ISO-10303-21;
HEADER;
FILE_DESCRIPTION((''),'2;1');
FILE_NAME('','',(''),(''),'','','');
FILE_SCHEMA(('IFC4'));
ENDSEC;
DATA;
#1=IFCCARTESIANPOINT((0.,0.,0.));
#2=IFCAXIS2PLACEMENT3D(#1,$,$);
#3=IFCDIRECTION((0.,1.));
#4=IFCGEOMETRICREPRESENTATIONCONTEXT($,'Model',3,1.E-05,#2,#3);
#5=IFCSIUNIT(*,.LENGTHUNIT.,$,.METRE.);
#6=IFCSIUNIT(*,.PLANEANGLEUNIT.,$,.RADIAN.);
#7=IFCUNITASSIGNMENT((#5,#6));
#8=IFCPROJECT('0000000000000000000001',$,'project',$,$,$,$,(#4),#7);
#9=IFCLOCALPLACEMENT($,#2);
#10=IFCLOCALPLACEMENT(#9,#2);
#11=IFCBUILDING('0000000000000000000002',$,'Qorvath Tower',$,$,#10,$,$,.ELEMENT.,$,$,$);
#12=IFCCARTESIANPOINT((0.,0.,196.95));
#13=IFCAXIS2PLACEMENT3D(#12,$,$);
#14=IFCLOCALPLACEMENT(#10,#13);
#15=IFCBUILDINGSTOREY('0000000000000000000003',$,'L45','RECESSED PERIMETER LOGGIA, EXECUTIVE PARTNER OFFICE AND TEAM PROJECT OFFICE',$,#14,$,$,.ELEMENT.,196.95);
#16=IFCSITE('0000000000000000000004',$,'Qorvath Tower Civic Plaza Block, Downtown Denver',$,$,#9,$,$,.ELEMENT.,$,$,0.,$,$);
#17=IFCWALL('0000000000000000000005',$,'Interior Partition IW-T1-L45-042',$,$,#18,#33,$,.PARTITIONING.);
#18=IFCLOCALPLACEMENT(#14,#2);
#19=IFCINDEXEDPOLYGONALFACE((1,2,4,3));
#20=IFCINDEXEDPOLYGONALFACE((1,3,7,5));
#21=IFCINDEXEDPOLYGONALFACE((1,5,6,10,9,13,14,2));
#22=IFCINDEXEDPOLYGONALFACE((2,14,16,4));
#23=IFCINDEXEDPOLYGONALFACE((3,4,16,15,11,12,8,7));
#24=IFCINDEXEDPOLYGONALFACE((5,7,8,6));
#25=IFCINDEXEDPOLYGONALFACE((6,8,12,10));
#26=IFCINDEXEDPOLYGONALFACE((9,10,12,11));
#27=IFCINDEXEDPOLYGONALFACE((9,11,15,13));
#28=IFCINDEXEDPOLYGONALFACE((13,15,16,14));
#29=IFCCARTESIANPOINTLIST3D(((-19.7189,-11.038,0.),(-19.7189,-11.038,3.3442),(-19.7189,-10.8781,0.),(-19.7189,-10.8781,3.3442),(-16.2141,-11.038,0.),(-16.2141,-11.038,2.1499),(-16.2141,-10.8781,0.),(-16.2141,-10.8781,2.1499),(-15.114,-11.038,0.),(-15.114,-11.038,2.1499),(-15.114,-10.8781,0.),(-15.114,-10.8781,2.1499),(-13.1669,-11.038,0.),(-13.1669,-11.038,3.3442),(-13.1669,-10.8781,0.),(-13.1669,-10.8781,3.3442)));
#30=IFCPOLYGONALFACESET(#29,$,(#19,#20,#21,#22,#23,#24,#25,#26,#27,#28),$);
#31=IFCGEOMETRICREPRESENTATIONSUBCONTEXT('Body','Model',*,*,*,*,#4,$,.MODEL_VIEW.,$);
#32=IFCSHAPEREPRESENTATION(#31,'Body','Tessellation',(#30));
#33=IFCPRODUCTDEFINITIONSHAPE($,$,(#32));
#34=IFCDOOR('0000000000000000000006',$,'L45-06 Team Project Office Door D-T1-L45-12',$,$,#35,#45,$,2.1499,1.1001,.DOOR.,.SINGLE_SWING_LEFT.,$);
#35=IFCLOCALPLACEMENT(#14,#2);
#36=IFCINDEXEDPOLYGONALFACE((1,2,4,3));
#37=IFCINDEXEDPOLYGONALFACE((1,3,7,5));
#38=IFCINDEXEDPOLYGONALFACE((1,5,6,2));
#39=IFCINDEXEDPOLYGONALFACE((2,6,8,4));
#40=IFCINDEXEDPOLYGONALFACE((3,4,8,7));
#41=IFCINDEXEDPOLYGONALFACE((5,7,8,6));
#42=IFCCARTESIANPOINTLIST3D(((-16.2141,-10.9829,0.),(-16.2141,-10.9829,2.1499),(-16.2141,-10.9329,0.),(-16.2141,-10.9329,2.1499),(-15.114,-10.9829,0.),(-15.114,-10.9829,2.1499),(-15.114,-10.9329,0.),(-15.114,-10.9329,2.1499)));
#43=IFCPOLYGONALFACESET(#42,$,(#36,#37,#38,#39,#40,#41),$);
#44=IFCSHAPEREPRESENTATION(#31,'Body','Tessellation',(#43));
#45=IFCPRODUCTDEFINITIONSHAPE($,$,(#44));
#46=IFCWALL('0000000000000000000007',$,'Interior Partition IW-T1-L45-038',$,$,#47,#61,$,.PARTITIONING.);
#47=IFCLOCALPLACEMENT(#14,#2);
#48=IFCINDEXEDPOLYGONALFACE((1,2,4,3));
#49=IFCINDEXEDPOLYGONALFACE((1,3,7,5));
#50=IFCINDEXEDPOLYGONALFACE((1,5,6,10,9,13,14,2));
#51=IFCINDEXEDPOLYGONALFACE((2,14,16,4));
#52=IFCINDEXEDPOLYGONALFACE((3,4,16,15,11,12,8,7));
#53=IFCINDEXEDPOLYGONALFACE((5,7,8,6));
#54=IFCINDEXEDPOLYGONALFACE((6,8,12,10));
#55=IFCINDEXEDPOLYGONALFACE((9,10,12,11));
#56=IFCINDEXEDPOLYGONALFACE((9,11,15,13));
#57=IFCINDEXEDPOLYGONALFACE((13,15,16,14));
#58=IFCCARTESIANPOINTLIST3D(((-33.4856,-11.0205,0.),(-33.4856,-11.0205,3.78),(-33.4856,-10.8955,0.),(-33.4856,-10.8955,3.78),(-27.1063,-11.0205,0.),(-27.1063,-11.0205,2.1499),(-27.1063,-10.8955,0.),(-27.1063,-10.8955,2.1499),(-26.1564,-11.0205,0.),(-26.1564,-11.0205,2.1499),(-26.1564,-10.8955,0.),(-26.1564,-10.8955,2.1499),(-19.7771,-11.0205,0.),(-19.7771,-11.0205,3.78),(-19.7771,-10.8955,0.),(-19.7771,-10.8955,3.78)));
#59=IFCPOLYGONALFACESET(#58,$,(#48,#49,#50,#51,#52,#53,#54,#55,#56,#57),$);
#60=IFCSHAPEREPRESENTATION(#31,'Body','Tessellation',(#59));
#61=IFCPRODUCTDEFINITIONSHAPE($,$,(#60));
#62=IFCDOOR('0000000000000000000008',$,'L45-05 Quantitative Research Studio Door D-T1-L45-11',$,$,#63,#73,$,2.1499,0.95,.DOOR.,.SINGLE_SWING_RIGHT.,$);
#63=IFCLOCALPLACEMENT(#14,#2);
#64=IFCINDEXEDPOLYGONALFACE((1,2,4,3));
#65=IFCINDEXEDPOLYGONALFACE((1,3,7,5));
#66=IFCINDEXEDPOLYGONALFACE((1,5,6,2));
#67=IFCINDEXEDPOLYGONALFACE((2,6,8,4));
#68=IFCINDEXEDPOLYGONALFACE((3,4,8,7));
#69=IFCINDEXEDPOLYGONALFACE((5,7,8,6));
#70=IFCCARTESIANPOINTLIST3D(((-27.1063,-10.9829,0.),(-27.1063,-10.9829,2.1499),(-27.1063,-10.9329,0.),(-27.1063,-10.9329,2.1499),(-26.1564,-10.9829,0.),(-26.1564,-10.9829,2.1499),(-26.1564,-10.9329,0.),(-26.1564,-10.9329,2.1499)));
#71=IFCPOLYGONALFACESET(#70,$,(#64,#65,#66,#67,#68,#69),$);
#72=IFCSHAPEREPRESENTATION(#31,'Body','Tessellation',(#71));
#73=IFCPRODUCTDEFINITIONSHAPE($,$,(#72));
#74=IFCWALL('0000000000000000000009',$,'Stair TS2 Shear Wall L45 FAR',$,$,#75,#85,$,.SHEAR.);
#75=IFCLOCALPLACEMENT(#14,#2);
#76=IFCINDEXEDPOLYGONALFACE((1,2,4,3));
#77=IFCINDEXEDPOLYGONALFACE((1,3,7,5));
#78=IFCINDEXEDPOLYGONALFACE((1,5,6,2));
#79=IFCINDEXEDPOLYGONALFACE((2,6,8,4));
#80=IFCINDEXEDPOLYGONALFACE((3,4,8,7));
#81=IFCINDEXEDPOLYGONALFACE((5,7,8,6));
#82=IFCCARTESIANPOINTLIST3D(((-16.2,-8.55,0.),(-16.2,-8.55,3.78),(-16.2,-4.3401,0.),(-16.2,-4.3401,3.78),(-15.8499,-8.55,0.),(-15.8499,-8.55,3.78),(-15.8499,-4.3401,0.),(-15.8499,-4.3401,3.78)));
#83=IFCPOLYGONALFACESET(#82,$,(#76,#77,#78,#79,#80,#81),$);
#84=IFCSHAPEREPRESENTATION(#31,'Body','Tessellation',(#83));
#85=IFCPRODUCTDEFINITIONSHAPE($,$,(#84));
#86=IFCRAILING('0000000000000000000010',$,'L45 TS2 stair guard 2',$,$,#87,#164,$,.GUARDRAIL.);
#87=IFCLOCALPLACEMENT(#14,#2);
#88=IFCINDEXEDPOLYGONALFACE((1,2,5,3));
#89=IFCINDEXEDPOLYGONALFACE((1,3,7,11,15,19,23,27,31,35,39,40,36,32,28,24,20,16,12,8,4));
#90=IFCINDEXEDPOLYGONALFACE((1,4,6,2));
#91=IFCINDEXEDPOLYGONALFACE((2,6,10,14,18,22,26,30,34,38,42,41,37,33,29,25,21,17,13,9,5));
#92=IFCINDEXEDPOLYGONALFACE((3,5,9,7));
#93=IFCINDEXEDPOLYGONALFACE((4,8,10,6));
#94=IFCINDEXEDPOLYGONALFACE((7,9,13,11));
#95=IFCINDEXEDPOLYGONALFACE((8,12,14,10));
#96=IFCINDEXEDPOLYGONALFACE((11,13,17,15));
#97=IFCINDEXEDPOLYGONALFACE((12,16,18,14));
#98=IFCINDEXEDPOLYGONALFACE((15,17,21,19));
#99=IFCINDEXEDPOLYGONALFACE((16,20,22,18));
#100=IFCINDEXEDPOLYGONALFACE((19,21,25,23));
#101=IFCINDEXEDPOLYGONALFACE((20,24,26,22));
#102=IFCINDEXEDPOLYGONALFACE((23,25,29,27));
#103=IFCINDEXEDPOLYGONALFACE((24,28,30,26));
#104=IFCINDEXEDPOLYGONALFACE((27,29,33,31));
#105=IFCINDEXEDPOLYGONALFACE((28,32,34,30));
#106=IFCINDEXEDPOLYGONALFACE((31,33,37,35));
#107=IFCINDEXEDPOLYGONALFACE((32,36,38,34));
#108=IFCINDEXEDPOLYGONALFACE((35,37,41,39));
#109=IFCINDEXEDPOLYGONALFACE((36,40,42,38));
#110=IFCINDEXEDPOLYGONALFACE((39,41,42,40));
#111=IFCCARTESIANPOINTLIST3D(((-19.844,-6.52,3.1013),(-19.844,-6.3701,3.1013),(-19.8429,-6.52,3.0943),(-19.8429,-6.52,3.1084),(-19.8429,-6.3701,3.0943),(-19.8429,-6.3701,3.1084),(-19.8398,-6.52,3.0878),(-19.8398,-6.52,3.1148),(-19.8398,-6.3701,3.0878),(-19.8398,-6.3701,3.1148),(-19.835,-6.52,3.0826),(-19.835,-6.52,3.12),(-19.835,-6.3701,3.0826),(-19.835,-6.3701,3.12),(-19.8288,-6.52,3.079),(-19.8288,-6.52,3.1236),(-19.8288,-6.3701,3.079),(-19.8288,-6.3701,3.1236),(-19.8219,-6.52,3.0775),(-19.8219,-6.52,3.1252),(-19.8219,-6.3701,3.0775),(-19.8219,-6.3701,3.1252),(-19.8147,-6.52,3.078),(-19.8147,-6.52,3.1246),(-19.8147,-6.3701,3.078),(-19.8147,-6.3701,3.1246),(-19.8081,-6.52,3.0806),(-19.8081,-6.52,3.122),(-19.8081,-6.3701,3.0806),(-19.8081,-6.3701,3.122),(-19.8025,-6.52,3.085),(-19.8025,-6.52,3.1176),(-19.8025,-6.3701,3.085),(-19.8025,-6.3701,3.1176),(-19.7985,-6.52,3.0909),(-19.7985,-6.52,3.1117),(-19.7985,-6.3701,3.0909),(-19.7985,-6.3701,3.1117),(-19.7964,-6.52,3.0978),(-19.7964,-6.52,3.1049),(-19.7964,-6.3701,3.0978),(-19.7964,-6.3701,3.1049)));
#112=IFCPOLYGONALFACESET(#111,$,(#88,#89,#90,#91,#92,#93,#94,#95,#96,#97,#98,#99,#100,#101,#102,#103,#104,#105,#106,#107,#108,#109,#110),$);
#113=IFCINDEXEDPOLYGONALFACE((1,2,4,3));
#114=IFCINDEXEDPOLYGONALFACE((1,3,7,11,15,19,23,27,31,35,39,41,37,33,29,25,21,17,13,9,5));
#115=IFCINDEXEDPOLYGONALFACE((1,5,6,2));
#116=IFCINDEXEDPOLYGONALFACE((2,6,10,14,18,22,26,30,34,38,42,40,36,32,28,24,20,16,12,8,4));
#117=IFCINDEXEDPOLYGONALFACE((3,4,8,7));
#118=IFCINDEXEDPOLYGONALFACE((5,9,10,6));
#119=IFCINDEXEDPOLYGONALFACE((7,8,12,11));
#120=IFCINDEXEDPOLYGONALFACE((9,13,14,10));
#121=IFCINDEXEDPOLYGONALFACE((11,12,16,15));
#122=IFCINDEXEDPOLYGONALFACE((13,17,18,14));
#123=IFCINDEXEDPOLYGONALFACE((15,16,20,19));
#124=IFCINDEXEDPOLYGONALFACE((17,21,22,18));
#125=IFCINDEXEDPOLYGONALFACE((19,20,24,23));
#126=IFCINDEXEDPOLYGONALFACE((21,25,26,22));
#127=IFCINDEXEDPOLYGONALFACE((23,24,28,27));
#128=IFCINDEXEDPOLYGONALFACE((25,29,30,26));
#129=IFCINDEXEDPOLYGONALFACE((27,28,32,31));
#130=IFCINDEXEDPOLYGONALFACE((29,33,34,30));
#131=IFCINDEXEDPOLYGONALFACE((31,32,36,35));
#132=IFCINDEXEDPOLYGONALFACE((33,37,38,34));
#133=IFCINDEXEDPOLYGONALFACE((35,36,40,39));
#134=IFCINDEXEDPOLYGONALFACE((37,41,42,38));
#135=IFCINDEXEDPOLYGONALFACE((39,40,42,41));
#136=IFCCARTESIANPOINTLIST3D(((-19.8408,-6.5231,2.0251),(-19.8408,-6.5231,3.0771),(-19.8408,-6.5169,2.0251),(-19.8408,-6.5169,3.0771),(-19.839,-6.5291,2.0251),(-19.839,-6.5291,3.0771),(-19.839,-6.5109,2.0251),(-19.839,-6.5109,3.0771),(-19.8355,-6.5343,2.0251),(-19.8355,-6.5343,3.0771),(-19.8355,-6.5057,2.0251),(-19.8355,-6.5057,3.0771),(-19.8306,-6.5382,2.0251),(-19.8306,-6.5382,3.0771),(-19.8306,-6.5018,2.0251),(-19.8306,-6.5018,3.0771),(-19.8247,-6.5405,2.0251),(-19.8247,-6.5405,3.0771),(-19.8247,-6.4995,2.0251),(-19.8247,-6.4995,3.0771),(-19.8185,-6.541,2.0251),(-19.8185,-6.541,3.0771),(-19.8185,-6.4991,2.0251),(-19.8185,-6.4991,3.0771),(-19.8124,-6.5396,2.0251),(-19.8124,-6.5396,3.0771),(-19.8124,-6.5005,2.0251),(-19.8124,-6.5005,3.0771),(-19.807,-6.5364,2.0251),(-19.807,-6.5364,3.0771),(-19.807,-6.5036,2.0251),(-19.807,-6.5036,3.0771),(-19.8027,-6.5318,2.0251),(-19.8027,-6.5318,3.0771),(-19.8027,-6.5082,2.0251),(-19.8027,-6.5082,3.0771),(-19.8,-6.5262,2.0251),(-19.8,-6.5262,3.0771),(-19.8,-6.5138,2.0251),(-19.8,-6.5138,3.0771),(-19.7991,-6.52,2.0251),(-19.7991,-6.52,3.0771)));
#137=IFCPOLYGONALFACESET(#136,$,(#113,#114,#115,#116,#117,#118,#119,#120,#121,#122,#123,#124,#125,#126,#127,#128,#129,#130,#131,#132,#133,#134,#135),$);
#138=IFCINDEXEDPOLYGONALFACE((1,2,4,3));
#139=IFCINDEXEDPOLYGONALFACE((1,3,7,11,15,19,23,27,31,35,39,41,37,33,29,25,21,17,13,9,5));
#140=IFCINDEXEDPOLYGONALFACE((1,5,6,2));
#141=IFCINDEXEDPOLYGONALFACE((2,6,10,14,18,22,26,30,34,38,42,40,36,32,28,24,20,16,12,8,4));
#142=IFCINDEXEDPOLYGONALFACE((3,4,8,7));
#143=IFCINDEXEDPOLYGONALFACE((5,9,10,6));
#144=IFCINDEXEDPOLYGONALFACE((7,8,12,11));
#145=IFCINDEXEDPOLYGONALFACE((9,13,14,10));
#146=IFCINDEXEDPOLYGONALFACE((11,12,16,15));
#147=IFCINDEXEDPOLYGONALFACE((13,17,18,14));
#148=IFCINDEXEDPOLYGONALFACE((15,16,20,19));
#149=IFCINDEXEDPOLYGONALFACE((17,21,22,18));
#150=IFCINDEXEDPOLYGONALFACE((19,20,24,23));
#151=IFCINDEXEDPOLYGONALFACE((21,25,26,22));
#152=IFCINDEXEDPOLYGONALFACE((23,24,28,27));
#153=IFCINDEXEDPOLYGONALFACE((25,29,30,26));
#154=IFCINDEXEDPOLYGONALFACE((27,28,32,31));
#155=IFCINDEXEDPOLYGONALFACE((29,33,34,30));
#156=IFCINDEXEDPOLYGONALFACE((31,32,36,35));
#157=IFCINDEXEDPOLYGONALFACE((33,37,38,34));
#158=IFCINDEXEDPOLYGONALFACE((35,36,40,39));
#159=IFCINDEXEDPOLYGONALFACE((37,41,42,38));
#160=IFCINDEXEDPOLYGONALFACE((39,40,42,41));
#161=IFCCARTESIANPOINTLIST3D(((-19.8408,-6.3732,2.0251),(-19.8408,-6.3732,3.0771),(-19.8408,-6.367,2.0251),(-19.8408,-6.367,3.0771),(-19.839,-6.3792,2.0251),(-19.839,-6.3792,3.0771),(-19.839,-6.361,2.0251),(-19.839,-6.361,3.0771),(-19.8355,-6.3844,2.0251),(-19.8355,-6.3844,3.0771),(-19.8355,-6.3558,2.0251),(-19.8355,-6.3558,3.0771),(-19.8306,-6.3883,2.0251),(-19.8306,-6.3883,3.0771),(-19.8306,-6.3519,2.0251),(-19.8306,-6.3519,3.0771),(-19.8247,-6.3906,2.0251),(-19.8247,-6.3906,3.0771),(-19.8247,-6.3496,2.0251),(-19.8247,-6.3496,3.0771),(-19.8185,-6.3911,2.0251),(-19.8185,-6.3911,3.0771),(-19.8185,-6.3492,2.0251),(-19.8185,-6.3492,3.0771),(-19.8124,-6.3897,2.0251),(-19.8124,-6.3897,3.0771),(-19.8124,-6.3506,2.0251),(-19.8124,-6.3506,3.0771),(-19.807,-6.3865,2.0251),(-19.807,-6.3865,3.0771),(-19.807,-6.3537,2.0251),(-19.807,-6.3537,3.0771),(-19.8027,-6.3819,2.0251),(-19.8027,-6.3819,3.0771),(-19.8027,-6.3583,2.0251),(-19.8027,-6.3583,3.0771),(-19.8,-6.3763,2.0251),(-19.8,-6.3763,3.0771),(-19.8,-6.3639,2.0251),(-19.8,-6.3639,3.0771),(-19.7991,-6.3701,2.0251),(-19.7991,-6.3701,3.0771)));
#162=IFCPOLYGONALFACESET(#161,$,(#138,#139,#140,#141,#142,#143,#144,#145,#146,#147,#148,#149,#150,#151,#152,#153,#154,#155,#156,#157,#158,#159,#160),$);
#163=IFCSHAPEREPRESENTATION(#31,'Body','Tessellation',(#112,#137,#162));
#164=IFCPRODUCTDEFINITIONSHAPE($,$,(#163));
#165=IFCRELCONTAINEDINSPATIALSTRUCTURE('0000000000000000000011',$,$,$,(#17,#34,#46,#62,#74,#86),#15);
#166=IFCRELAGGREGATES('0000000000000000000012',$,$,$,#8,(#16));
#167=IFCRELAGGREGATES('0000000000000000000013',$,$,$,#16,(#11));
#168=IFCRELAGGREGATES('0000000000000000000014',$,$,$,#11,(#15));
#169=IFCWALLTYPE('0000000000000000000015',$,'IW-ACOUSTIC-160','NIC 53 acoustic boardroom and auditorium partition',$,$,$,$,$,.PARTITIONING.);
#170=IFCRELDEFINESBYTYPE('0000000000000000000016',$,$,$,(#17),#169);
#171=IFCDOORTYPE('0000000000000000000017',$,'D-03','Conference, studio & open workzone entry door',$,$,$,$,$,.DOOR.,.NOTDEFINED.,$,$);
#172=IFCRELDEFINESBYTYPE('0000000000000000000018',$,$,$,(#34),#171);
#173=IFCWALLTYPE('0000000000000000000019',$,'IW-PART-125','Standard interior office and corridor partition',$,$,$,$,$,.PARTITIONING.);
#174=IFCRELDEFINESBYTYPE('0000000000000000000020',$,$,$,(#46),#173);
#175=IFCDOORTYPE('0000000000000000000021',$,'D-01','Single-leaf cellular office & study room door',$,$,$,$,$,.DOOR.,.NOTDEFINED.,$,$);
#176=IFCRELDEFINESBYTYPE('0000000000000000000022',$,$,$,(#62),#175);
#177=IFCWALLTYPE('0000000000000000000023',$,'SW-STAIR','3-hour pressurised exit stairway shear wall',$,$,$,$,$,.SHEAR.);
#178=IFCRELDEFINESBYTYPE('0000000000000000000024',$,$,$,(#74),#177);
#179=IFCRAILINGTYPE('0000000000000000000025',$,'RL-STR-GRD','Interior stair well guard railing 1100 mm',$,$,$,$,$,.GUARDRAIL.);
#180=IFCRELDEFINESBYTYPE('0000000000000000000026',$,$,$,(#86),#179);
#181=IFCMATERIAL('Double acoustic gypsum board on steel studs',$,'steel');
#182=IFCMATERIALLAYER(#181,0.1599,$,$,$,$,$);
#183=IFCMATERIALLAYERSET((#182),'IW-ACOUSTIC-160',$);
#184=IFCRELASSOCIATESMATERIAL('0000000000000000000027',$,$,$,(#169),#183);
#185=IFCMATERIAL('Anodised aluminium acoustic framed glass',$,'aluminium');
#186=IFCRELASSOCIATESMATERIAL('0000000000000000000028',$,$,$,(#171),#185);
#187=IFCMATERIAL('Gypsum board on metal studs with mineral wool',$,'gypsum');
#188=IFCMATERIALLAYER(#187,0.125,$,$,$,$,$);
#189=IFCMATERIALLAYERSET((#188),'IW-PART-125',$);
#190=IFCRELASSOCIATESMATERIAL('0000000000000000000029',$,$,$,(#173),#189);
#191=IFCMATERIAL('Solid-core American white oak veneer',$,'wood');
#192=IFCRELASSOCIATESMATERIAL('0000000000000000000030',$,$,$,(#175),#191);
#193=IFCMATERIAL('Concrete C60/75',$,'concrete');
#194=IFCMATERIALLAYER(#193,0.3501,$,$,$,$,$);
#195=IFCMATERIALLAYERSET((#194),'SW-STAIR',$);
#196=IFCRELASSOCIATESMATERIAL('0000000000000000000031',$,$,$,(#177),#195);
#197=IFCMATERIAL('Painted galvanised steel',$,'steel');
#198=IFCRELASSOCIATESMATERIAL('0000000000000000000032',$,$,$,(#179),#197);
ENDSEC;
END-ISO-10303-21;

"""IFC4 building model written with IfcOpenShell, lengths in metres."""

from ifc_helpers import new_model, si_unit, direction, frame, frame_2d, origin, origin_2d, place, context, subcontext, project, spatial, rectangle, circle, extrude, material, layer, layer_set, type_object, element, fill, save


model = new_model("IFC4")

# Units and contexts
model_context = context("Model", 3, precision=1e-05, world=origin(), true_north=direction((0.0, 1.0)))
body_context = subcontext(model_context, "Body", "Model", "MODEL_VIEW")
ifc_project = project(units=[si_unit("LENGTHUNIT", "METRE"), si_unit("PLANEANGLEUNIT", "RADIAN")], contexts=[model_context])

# Site, building, storey
site_placement = place(None, origin())
site = spatial("IfcSite", under=ifc_project, at=site_placement, Name="Qorvath Tower Civic Plaza Block, Downtown Denver", CompositionType="ELEMENT", RefElevation=0.0)
building_placement = place(site_placement, origin())
building = spatial("IfcBuilding", under=site, at=building_placement, Name="Qorvath Tower", CompositionType="ELEMENT")
storey_placement = place(building_placement, frame((0.0, 0.0, 196.95)))
storey = spatial("IfcBuildingStorey", under=building, at=storey_placement, Name="L45", Description="RECESSED PERIMETER LOGGIA, EXECUTIVE PARTNER OFFICE AND TEAM PROJECT OFFICE", CompositionType="ELEMENT", Elevation=196.95)

# Shared definitions
ifc_material_1 = material(Name="Double acoustic gypsum board on steel studs", Category="steel")
ifc_layer_1 = layer(ifc_material_1, 0.1599)
ifc_layer_set_1 = layer_set([ifc_layer_1], Name="IW-ACOUSTIC-160")
wall_type_1 = type_object("IfcWallType", Name="IW-ACOUSTIC-160", Description="NIC 53 acoustic boardroom and auditorium partition", PredefinedType="PARTITIONING", material=ifc_layer_set_1)

# Walls, openings, doors
wall_1_placement = place(storey_placement, frame((-13.167, -10.958, 0.0), z_axis=(0.0, 0.0, 1.0), x_axis=(-1.0, 0.0, 0.0)))
wall_1 = element("IfcWall", 1, at=wall_1_placement, inside=storey, type_object=wall_type_1, Name="Interior Partition IW-T1-L45-042", PredefinedType="PARTITIONING", context=body_context, shape_type="SweptSolid", body=[
    extrude(rectangle(XDim=6.552, YDim=0.1599, at=frame_2d((3.2759, 0.0))), origin(), (0.0, 0.0, 1.0), 3.3442),
])
opening_1_placement = place(wall_1_placement, frame((1.947, 0.0, 0.0)))
opening_1 = element("IfcOpeningElement", 2, at=opening_1_placement, cuts=wall_1, PredefinedType="OPENING", context=body_context, shape_type="SweptSolid", body=[
    extrude(rectangle(XDim=1.1001, YDim=2.1499, at=frame_2d((0.55, 1.075))), frame((0.0, 0.0898, 0.0), z_axis=(0.0, -1.0, 0.0), x_axis=(1.0, 0.0, 0.0)), (0.0, 0.0, 1.0), 0.1799),
])
ifc_material_2 = material(Name="Anodised aluminium acoustic framed glass", Category="aluminium")
door_type_1 = type_object("IfcDoorType", Name="D-03", Description="Conference, studio & open workzone entry door", OperationType="NOTDEFINED", PredefinedType="DOOR", material=ifc_material_2)
door_1_placement = place(opening_1_placement, origin())
door_1 = element("IfcDoor", 3, at=door_1_placement, inside=storey, type_object=door_type_1, Name="L45-06 Team Project Office Door D-T1-L45-12", OperationType="SINGLE_SWING_LEFT", OverallHeight=2.1499, OverallWidth=1.1001, PredefinedType="DOOR", context=body_context, shape_type="SweptSolid", body=[
    extrude(rectangle(XDim=1.1001, YDim=2.1499, at=frame_2d((0.55, 1.075))), frame((0.0, 0.0249, 0.0), z_axis=(0.0, -1.0, 0.0), x_axis=(1.0, 0.0, 0.0)), (0.0, 0.0, 1.0), 0.05),
])
fill(opening_1, door_1)
ifc_material_3 = material(Name="Gypsum board on metal studs with mineral wool", Category="gypsum")
ifc_layer_2 = layer(ifc_material_3, 0.125)
ifc_layer_set_2 = layer_set([ifc_layer_2], Name="IW-PART-125")
wall_type_2 = type_object("IfcWallType", Name="IW-PART-125", Description="Standard interior office and corridor partition", PredefinedType="PARTITIONING", material=ifc_layer_set_2)
wall_2_placement = place(storey_placement, frame((-19.7771, -10.958, 0.0), z_axis=(0.0, 0.0, 1.0), x_axis=(-1.0, 0.0, 0.0)))
wall_2 = element("IfcWall", 4, at=wall_2_placement, inside=storey, type_object=wall_type_2, Name="Interior Partition IW-T1-L45-038", PredefinedType="PARTITIONING", context=body_context, shape_type="SweptSolid", body=[
    extrude(rectangle(XDim=13.7085, YDim=0.125, at=frame_2d((6.8542, 0.0))), origin(), (0.0, 0.0, 1.0), 3.78),
])
opening_2_placement = place(wall_2_placement, frame((6.3792, 0.0, 0.0)))
opening_2 = element("IfcOpeningElement", 5, at=opening_2_placement, cuts=wall_2, PredefinedType="OPENING", context=body_context, shape_type="SweptSolid", body=[
    extrude(rectangle(XDim=0.95, YDim=2.1499, at=frame_2d((0.4751, 1.075))), frame((0.0, 0.0725, 0.0), z_axis=(0.0, -1.0, 0.0), x_axis=(1.0, 0.0, 0.0)), (0.0, 0.0, 1.0), 0.145),
])
ifc_material_4 = material(Name="Solid-core American white oak veneer", Category="wood")
door_type_2 = type_object("IfcDoorType", Name="D-01", Description="Single-leaf cellular office & study room door", OperationType="NOTDEFINED", PredefinedType="DOOR", material=ifc_material_4)
door_2_placement = place(opening_2_placement, origin())
door_2 = element("IfcDoor", 6, at=door_2_placement, inside=storey, type_object=door_type_2, Name="L45-05 Quantitative Research Studio Door D-T1-L45-11", OperationType="SINGLE_SWING_RIGHT", OverallHeight=2.1499, OverallWidth=0.95, PredefinedType="DOOR", context=body_context, shape_type="SweptSolid", body=[
    extrude(rectangle(XDim=0.95, YDim=2.1499, at=frame_2d((0.4751, 1.075))), frame((0.0, 0.0249, 0.0), z_axis=(0.0, -1.0, 0.0), x_axis=(1.0, 0.0, 0.0)), (0.0, 0.0, 1.0), 0.05),
])
fill(opening_2, door_2)

# Wall
ifc_material_5 = material(Name="Concrete C60/75", Category="concrete")
ifc_layer_3 = layer(ifc_material_5, 0.3501)
ifc_layer_set_3 = layer_set([ifc_layer_3], Name="SW-STAIR")
wall_type_3 = type_object("IfcWallType", Name="SW-STAIR", Description="3-hour pressurised exit stairway shear wall", PredefinedType="SHEAR", material=ifc_layer_set_3)
wall_3_placement = place(storey_placement, frame((-16.0249, -8.55, 0.0), z_axis=(0.0, 0.0, 1.0), x_axis=(0.0, 1.0, 0.0)))
element("IfcWall", 7, at=wall_3_placement, inside=storey, type_object=wall_type_3, Name="Stair TS2 Shear Wall L45 FAR", PredefinedType="SHEAR", context=body_context, shape_type="SweptSolid", body=[
    extrude(rectangle(XDim=4.21, YDim=0.3501, at=frame_2d((2.105, 0.0))), origin(), (0.0, 0.0, 1.0), 3.78),
])

# Railing
ifc_material_6 = material(Name="Painted galvanised steel", Category="steel")
railing_type = type_object("IfcRailingType", Name="RL-STR-GRD", Description="Interior stair well guard railing 1100 mm", PredefinedType="GUARDRAIL", material=ifc_material_6)
railing_1_placement = place(storey_placement, frame((-19.8201, -6.52, 2.0251)))
element("IfcRailing", 8, at=railing_1_placement, inside=storey, type_object=railing_type, Name="L45 TS2 stair guard 2", PredefinedType="GUARDRAIL", context=body_context, shape_type="SweptSolid", body=[
    extrude(circle(Radius=0.0239, at=origin_2d()), frame((0.0, 0.0, 1.0762), z_axis=(0.0, 1.0, 0.0), x_axis=(-1.0, 0.0, 0.0)), (0.0, 0.0, 1.0), 0.1499),
    extrude(circle(Radius=0.021, at=origin_2d()), origin(), (0.0, 0.0, 1.0), 1.052),
    extrude(circle(Radius=0.021, at=origin_2d()), frame((0.0, 0.1499, 0.0)), (0.0, 0.0, 1.0), 1.052),
])

save(model, "model.ifc")
